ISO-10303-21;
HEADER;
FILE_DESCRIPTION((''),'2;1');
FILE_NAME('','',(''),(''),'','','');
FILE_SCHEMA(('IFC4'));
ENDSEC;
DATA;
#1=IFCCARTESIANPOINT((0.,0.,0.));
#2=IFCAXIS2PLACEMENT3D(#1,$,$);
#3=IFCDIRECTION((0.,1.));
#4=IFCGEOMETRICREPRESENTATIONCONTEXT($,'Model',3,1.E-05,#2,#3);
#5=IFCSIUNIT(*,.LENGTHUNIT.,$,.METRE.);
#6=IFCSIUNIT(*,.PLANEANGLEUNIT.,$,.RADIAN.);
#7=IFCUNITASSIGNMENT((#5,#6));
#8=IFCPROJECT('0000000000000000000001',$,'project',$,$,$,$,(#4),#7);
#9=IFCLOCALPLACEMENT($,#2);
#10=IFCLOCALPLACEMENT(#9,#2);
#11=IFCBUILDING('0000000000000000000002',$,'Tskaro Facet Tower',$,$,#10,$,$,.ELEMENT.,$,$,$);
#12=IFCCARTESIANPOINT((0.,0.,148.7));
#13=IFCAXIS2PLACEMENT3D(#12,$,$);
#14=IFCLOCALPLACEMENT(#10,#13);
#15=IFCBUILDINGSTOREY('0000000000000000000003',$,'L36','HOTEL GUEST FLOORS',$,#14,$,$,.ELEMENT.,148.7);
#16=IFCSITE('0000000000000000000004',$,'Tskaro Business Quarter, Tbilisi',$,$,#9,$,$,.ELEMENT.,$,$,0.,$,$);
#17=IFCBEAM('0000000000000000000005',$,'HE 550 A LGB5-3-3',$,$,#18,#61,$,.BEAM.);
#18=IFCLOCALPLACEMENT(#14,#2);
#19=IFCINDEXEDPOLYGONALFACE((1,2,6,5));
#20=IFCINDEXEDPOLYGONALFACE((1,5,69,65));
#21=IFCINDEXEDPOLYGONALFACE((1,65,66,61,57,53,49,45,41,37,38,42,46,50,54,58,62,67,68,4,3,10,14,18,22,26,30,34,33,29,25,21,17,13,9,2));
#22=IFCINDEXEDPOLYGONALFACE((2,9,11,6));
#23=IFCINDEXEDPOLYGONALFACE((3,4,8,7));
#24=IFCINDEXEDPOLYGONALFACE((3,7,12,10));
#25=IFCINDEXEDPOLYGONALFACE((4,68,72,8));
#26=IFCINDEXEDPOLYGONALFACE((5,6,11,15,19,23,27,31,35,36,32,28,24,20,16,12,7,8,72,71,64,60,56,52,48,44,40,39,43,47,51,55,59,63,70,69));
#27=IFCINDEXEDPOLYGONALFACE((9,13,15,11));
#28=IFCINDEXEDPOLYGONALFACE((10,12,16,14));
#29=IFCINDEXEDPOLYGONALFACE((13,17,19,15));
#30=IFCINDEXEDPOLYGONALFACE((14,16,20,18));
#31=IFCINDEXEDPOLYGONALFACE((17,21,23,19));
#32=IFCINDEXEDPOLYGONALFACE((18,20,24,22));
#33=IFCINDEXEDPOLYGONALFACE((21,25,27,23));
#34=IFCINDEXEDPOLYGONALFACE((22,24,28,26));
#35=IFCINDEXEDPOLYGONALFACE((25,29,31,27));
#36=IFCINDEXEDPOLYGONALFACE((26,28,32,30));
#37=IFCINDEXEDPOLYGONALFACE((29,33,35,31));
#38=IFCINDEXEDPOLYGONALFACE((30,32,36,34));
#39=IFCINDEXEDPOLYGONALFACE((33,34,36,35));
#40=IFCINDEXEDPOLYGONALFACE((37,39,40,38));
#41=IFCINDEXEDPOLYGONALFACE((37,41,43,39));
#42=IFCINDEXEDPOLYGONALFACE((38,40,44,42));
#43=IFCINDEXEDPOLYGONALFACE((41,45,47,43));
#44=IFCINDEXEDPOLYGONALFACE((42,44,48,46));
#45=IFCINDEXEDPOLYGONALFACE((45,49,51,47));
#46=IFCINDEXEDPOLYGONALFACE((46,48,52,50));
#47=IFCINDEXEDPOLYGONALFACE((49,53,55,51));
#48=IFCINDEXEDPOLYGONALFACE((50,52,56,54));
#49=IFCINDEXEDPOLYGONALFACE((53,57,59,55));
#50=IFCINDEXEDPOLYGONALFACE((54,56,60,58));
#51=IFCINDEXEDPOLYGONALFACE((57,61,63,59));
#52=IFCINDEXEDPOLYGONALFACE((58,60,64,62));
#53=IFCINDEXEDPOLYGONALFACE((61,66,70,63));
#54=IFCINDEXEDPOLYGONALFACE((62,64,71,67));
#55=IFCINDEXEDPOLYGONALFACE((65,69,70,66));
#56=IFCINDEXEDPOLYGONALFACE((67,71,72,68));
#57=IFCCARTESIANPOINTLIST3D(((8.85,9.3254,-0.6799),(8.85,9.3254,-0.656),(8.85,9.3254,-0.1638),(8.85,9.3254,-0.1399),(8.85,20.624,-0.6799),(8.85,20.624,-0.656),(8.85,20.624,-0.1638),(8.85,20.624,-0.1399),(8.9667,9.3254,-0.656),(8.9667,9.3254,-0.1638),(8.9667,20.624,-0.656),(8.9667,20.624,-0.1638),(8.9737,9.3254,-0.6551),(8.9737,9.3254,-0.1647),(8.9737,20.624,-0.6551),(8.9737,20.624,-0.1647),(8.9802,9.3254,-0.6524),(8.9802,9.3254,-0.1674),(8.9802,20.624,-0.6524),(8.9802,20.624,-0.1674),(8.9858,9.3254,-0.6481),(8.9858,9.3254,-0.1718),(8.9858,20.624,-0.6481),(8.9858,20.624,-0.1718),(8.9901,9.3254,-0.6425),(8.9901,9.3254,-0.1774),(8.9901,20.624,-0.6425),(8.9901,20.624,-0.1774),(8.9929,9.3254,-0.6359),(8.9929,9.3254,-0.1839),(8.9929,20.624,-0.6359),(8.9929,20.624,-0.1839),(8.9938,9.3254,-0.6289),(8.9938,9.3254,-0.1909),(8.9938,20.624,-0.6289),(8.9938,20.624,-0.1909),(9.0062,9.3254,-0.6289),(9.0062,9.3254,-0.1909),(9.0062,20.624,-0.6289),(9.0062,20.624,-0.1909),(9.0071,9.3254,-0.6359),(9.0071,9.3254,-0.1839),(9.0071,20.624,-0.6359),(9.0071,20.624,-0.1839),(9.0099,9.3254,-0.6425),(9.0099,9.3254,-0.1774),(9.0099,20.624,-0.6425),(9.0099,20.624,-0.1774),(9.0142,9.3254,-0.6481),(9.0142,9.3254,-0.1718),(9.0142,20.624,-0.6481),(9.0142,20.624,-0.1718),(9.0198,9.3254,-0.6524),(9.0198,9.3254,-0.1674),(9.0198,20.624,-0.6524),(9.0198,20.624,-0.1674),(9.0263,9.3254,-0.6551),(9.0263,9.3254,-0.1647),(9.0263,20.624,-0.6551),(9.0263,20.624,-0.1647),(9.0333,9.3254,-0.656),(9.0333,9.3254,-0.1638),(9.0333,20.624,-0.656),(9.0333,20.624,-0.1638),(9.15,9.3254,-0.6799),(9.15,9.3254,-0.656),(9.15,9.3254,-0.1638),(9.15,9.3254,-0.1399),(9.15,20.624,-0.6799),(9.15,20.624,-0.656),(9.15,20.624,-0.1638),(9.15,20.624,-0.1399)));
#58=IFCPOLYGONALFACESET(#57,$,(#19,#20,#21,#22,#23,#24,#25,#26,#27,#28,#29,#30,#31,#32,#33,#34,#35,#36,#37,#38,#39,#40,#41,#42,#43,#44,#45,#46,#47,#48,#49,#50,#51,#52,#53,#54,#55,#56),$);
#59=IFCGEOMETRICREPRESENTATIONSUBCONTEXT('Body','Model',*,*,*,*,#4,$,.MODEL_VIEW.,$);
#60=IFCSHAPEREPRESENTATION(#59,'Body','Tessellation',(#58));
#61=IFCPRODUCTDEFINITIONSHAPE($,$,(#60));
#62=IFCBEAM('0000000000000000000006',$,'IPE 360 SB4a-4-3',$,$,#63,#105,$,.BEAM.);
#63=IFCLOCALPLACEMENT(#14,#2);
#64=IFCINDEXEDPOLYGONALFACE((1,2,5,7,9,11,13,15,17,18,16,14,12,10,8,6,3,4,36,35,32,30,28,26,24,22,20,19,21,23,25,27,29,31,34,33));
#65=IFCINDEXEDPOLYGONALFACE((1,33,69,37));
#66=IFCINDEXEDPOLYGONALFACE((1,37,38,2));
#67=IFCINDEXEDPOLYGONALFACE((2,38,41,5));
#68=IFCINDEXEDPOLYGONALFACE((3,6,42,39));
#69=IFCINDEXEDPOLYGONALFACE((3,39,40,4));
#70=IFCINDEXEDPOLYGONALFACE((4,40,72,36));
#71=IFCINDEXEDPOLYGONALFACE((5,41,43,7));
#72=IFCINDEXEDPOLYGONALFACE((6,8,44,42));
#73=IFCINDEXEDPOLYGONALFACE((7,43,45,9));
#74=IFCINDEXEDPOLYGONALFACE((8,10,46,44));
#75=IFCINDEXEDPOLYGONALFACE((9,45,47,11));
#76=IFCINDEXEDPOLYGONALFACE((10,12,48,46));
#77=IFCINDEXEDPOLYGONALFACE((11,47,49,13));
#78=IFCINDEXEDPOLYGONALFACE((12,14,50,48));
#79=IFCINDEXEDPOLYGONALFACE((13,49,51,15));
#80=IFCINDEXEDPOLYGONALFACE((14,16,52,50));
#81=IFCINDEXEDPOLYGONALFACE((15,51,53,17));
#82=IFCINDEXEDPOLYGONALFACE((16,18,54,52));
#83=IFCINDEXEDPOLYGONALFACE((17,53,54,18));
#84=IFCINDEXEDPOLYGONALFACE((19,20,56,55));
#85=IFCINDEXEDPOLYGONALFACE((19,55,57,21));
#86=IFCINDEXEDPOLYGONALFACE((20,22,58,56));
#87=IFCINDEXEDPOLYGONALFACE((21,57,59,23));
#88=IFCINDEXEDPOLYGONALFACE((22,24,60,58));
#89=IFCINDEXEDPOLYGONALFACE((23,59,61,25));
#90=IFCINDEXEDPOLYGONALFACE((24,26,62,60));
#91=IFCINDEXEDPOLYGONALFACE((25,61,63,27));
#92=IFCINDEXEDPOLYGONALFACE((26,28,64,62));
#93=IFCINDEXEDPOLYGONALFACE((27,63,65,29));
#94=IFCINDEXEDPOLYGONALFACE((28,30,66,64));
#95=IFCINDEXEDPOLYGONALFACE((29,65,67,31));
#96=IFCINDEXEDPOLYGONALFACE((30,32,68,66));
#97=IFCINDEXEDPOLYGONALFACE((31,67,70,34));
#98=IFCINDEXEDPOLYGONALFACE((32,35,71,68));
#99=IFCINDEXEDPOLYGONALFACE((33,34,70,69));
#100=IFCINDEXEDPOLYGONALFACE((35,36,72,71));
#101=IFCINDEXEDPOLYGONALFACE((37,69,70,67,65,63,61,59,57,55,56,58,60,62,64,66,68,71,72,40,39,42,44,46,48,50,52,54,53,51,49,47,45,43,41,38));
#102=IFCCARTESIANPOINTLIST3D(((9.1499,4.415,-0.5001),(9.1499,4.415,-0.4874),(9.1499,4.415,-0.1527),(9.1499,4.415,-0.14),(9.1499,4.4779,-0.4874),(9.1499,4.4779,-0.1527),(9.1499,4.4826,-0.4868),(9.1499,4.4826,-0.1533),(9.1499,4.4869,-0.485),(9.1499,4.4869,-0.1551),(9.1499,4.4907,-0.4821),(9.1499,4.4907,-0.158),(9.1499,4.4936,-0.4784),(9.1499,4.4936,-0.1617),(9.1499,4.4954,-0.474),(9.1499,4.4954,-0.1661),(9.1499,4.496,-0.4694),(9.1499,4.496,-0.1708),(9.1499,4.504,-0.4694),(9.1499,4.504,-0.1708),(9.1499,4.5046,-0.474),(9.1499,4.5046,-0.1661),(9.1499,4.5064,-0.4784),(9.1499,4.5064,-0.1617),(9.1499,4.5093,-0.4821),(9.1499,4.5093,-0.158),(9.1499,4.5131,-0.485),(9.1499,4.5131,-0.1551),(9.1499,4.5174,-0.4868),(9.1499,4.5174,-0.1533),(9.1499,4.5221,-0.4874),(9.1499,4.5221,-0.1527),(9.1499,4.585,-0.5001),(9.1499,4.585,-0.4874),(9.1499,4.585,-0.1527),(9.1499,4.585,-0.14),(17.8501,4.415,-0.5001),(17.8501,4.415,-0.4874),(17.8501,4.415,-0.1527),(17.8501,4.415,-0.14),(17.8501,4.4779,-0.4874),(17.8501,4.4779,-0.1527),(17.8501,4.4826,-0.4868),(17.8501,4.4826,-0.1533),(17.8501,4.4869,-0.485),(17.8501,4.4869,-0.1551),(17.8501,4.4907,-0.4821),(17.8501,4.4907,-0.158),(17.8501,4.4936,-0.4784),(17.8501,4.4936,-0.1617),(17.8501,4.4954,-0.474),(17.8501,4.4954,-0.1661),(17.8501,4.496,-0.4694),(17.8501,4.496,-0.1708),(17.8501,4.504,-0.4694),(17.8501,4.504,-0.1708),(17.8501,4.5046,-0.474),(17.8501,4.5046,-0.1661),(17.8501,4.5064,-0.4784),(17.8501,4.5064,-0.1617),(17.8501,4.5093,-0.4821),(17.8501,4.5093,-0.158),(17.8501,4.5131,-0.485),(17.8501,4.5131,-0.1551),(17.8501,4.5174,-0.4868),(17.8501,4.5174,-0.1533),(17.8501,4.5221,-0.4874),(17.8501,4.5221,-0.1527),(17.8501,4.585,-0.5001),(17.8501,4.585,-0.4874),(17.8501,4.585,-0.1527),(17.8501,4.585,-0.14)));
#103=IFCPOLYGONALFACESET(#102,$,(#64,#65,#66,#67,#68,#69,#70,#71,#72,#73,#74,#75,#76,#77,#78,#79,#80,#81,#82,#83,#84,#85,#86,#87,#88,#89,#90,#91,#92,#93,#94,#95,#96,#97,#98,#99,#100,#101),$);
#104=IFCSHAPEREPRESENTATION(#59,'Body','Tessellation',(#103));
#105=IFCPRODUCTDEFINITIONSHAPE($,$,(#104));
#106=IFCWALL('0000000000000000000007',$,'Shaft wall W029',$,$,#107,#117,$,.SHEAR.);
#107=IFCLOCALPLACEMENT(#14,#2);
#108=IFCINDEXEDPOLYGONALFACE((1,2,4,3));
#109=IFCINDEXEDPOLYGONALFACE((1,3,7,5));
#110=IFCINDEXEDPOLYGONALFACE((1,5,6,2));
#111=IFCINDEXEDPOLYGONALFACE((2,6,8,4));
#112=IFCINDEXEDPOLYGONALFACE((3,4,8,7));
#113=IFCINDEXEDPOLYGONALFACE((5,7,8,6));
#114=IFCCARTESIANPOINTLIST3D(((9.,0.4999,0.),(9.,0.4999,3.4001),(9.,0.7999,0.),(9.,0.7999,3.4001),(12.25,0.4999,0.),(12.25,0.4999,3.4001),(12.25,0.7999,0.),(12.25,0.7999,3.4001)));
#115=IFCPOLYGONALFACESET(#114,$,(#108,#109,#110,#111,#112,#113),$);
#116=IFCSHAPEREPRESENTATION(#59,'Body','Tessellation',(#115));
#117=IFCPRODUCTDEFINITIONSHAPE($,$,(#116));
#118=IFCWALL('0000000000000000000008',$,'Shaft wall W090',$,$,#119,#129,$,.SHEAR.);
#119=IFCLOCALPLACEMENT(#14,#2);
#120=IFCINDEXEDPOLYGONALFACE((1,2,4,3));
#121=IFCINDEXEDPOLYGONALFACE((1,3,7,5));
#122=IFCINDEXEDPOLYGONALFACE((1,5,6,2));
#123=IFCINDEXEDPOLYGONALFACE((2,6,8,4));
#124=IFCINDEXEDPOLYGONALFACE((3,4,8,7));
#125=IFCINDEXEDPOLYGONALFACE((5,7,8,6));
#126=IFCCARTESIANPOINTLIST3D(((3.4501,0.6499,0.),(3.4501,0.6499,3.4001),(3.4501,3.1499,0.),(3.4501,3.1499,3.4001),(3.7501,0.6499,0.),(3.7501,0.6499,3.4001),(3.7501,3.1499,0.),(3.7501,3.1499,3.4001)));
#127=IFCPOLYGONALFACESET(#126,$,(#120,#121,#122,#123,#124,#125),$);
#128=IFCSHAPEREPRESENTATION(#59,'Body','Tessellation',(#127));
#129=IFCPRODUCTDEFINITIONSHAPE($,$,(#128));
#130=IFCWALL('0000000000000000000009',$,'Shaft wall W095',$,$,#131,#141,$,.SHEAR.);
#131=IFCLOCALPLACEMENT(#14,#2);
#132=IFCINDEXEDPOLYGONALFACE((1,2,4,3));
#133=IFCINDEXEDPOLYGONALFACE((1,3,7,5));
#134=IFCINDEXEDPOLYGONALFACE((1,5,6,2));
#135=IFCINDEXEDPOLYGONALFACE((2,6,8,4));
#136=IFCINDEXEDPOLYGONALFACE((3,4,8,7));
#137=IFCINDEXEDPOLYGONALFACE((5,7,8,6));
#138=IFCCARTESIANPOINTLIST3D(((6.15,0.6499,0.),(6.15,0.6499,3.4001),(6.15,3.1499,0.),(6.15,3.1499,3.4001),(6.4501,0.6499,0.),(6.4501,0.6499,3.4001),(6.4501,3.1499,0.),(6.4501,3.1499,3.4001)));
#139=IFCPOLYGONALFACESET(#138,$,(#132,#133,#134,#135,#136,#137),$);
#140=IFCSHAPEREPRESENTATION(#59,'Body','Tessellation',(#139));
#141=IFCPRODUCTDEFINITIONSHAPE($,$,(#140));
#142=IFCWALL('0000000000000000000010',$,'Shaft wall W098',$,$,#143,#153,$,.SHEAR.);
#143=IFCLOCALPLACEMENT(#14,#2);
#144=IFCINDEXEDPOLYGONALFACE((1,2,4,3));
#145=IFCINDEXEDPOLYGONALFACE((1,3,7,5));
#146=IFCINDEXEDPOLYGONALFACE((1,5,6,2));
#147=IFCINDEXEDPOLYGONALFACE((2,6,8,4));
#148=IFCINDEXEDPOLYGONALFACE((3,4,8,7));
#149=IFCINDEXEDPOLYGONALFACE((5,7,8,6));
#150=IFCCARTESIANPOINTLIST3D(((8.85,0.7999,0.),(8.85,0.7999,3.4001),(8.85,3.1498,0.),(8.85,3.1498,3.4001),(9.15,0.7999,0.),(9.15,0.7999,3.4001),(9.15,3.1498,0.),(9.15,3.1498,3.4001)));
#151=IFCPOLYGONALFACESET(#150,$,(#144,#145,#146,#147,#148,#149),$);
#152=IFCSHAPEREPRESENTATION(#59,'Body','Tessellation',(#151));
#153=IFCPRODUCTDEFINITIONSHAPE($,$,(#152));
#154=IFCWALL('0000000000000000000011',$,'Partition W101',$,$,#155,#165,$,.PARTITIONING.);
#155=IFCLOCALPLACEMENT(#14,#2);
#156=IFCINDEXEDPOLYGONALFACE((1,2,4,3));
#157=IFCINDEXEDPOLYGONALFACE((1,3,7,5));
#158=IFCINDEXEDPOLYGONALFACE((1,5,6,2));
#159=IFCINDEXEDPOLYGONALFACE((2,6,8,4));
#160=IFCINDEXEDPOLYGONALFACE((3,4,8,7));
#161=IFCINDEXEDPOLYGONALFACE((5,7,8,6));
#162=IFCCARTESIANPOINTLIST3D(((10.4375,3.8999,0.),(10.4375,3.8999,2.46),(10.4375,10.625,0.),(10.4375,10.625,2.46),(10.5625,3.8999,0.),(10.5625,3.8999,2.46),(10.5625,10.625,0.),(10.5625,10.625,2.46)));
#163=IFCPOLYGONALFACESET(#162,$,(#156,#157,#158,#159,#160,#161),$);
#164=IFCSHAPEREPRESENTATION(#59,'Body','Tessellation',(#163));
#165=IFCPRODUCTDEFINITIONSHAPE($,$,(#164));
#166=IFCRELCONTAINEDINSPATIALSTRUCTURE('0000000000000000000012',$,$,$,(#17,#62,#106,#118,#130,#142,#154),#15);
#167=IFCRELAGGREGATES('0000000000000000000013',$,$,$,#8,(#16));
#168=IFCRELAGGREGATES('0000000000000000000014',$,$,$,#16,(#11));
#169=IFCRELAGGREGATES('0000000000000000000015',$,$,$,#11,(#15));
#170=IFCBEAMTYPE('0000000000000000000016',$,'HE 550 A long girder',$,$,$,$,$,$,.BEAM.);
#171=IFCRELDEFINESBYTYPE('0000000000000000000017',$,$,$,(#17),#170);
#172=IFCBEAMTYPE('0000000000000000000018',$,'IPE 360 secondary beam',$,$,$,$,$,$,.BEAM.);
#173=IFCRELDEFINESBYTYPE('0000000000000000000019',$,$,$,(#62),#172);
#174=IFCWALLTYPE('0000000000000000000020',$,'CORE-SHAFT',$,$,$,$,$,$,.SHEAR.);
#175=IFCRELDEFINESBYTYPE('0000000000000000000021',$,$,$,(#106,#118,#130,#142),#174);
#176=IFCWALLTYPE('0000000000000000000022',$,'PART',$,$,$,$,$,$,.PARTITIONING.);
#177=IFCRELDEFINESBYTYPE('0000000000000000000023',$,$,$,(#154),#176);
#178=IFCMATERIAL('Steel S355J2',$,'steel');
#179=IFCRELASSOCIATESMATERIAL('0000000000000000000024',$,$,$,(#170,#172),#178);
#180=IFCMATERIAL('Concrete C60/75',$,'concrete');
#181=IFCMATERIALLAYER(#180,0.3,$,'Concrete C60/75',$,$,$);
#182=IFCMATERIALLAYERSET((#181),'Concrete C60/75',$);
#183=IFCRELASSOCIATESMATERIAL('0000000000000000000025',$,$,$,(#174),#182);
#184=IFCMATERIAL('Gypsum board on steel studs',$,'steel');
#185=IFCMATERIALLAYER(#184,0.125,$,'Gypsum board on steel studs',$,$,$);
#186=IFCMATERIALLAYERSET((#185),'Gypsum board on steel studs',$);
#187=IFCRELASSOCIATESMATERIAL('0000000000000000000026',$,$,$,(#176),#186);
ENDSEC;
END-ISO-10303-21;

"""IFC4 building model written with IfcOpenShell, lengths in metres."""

from ifc_helpers import new_model, si_unit, direction, frame, frame_2d, origin, origin_2d, place, context, subcontext, project, spatial, rectangle, i_section, extrude, material, layer, layer_set, material_profile, profile_set, type_object, element, save


model = new_model("IFC4")

# Units and contexts
model_context = context("Model", 3, precision=1e-05, world=origin(), true_north=direction((0.0, 1.0)))
body_context = subcontext(model_context, "Body", "Model", "MODEL_VIEW")
ifc_project = project(units=[si_unit("LENGTHUNIT", "METRE"), si_unit("PLANEANGLEUNIT", "RADIAN")], contexts=[model_context])

# Site, building, storey
site_placement = place(None, origin())
site = spatial("IfcSite", under=ifc_project, at=site_placement, Name="Tskaro Business Quarter, Tbilisi", CompositionType="ELEMENT", RefElevation=0.0)
building_placement = place(site_placement, origin())
building = spatial("IfcBuilding", under=site, at=building_placement, Name="Tskaro Facet Tower", CompositionType="ELEMENT")
storey_placement = place(building_placement, frame((0.0, 0.0, 148.7)))
storey = spatial("IfcBuildingStorey", under=building, at=storey_placement, Name="L36", Description="HOTEL GUEST FLOORS", CompositionType="ELEMENT", Elevation=148.7)

# Beams
ifc_material_1 = material(Name="Steel S355J2", Category="steel")
ifc_material_profile_1 = material_profile(ifc_material_1, i_section(OverallWidth=0.3, OverallDepth=0.54, WebThickness=0.0125, FlangeThickness=0.0239, FilletRadius=0.0271, at=origin_2d()), Name="HE 550 A")
ifc_profile_set_1 = profile_set([ifc_material_profile_1], Name="Steel S355J2")
beam_type_1 = type_object("IfcBeamType", Name="HE 550 A long girder", PredefinedType="BEAM", material=ifc_profile_set_1)
beam_1_placement = place(storey_placement, frame((9.0, 9.3254, -0.4099), z_axis=(0.0, 1.0, 0.0), x_axis=(-1.0, 0.0, 0.0)))
element("IfcBeam", 1, at=beam_1_placement, inside=storey, type_object=beam_type_1, Name="HE 550 A LGB5-3-3", PredefinedType="BEAM", context=body_context, shape_type="SweptSolid", body=[
    extrude(i_section(OverallWidth=0.3, OverallDepth=0.54, WebThickness=0.0125, FlangeThickness=0.0239, FilletRadius=0.0271, at=origin_2d()), origin(), (0.0, 0.0, 1.0), 11.2986),
])
ifc_material_profile_2 = material_profile(ifc_material_1, i_section(OverallWidth=0.1699, OverallDepth=0.3601, WebThickness=0.0081, FlangeThickness=0.0127, FilletRadius=0.0181, at=origin_2d()), Name="IPE 360")
ifc_profile_set_2 = profile_set([ifc_material_profile_2], Name="Steel S355J2")
beam_type_2 = type_object("IfcBeamType", Name="IPE 360 secondary beam", PredefinedType="BEAM", material=ifc_profile_set_2)
beam_2_placement = place(storey_placement, frame((9.1499, 4.5, -0.3201), z_axis=(1.0, 0.0, 0.0), x_axis=(0.0, 1.0, 0.0)))
element("IfcBeam", 2, at=beam_2_placement, inside=storey, type_object=beam_type_2, Name="IPE 360 SB4a-4-3", PredefinedType="BEAM", context=body_context, shape_type="SweptSolid", body=[
    extrude(i_section(OverallWidth=0.1699, OverallDepth=0.3601, WebThickness=0.0081, FlangeThickness=0.0127, FilletRadius=0.0181, at=origin_2d()), origin(), (0.0, 0.0, 1.0), 8.7002),
])

# Walls
ifc_material_2 = material(Name="Concrete C60/75", Category="concrete")
ifc_layer_1 = layer(ifc_material_2, 0.3, Name="Concrete C60/75")
ifc_layer_set_1 = layer_set([ifc_layer_1], Name="Concrete C60/75")
wall_type_1 = type_object("IfcWallType", Name="CORE-SHAFT", PredefinedType="SHEAR", material=ifc_layer_set_1)
wall_1_placement = place(storey_placement, frame((12.25, 0.6499, 0.0), z_axis=(0.0, 0.0, 1.0), x_axis=(-1.0, 0.0, 0.0)))
element("IfcWall", 3, at=wall_1_placement, inside=storey, type_object=wall_type_1, Name="Shaft wall W029", PredefinedType="SHEAR", context=body_context, shape_type="SweptSolid", body=[
    extrude(rectangle(XDim=3.25, YDim=0.3, at=frame_2d((1.625, 0.0))), origin(), (0.0, 0.0, 1.0), 3.4001),
])
for number, where, z_axis, x_axis, name in (
    (4, (3.6001, 0.6499, 0.0), (0.0, 0.0, 1.0), (0.0, 1.0, 0.0), "Shaft wall W090"),
    (5, (6.3, 0.6499, 0.0), (0.0, 0.0, 1.0), (0.0, 1.0, 0.0), "Shaft wall W095"),
):
    element("IfcWall", number, at=place(storey_placement, frame(where, z_axis=z_axis, x_axis=x_axis)), inside=storey, type_object=wall_type_1, Name=name, PredefinedType="SHEAR", context=body_context, shape_type="SweptSolid", body=[
        extrude(rectangle(XDim=2.5, YDim=0.3, at=frame_2d((1.25, 0.0))), origin(), (0.0, 0.0, 1.0), 3.4001),
    ])
wall_2_placement = place(storey_placement, frame((9.0, 0.8, 0.0), z_axis=(0.0, 0.0, 1.0), x_axis=(0.0, 1.0, 0.0)))
element("IfcWall", 6, at=wall_2_placement, inside=storey, type_object=wall_type_1, Name="Shaft wall W098", PredefinedType="SHEAR", context=body_context, shape_type="SweptSolid", body=[
    extrude(rectangle(XDim=2.3499, YDim=0.3, at=frame_2d((1.1748, 0.0))), origin(), (0.0, 0.0, 1.0), 3.4001),
])
ifc_material_3 = material(Name="Gypsum board on steel studs", Category="steel")
ifc_layer_2 = layer(ifc_material_3, 0.125, Name="Gypsum board on steel studs")
ifc_layer_set_2 = layer_set([ifc_layer_2], Name="Gypsum board on steel studs")
wall_type_2 = type_object("IfcWallType", Name="PART", PredefinedType="PARTITIONING", material=ifc_layer_set_2)
wall_3_placement = place(storey_placement, frame((10.5, 3.8999, 0.0), z_axis=(0.0, 0.0, 1.0), x_axis=(0.0, 1.0, 0.0)))
element("IfcWall", 7, at=wall_3_placement, inside=storey, type_object=wall_type_2, Name="Partition W101", PredefinedType="PARTITIONING", context=body_context, shape_type="SweptSolid", body=[
    extrude(rectangle(XDim=6.7251, YDim=0.125, at=frame_2d((3.3625, 0.0))), origin(), (0.0, 0.0, 1.0), 2.46),
])

save(model, "model.ifc")
